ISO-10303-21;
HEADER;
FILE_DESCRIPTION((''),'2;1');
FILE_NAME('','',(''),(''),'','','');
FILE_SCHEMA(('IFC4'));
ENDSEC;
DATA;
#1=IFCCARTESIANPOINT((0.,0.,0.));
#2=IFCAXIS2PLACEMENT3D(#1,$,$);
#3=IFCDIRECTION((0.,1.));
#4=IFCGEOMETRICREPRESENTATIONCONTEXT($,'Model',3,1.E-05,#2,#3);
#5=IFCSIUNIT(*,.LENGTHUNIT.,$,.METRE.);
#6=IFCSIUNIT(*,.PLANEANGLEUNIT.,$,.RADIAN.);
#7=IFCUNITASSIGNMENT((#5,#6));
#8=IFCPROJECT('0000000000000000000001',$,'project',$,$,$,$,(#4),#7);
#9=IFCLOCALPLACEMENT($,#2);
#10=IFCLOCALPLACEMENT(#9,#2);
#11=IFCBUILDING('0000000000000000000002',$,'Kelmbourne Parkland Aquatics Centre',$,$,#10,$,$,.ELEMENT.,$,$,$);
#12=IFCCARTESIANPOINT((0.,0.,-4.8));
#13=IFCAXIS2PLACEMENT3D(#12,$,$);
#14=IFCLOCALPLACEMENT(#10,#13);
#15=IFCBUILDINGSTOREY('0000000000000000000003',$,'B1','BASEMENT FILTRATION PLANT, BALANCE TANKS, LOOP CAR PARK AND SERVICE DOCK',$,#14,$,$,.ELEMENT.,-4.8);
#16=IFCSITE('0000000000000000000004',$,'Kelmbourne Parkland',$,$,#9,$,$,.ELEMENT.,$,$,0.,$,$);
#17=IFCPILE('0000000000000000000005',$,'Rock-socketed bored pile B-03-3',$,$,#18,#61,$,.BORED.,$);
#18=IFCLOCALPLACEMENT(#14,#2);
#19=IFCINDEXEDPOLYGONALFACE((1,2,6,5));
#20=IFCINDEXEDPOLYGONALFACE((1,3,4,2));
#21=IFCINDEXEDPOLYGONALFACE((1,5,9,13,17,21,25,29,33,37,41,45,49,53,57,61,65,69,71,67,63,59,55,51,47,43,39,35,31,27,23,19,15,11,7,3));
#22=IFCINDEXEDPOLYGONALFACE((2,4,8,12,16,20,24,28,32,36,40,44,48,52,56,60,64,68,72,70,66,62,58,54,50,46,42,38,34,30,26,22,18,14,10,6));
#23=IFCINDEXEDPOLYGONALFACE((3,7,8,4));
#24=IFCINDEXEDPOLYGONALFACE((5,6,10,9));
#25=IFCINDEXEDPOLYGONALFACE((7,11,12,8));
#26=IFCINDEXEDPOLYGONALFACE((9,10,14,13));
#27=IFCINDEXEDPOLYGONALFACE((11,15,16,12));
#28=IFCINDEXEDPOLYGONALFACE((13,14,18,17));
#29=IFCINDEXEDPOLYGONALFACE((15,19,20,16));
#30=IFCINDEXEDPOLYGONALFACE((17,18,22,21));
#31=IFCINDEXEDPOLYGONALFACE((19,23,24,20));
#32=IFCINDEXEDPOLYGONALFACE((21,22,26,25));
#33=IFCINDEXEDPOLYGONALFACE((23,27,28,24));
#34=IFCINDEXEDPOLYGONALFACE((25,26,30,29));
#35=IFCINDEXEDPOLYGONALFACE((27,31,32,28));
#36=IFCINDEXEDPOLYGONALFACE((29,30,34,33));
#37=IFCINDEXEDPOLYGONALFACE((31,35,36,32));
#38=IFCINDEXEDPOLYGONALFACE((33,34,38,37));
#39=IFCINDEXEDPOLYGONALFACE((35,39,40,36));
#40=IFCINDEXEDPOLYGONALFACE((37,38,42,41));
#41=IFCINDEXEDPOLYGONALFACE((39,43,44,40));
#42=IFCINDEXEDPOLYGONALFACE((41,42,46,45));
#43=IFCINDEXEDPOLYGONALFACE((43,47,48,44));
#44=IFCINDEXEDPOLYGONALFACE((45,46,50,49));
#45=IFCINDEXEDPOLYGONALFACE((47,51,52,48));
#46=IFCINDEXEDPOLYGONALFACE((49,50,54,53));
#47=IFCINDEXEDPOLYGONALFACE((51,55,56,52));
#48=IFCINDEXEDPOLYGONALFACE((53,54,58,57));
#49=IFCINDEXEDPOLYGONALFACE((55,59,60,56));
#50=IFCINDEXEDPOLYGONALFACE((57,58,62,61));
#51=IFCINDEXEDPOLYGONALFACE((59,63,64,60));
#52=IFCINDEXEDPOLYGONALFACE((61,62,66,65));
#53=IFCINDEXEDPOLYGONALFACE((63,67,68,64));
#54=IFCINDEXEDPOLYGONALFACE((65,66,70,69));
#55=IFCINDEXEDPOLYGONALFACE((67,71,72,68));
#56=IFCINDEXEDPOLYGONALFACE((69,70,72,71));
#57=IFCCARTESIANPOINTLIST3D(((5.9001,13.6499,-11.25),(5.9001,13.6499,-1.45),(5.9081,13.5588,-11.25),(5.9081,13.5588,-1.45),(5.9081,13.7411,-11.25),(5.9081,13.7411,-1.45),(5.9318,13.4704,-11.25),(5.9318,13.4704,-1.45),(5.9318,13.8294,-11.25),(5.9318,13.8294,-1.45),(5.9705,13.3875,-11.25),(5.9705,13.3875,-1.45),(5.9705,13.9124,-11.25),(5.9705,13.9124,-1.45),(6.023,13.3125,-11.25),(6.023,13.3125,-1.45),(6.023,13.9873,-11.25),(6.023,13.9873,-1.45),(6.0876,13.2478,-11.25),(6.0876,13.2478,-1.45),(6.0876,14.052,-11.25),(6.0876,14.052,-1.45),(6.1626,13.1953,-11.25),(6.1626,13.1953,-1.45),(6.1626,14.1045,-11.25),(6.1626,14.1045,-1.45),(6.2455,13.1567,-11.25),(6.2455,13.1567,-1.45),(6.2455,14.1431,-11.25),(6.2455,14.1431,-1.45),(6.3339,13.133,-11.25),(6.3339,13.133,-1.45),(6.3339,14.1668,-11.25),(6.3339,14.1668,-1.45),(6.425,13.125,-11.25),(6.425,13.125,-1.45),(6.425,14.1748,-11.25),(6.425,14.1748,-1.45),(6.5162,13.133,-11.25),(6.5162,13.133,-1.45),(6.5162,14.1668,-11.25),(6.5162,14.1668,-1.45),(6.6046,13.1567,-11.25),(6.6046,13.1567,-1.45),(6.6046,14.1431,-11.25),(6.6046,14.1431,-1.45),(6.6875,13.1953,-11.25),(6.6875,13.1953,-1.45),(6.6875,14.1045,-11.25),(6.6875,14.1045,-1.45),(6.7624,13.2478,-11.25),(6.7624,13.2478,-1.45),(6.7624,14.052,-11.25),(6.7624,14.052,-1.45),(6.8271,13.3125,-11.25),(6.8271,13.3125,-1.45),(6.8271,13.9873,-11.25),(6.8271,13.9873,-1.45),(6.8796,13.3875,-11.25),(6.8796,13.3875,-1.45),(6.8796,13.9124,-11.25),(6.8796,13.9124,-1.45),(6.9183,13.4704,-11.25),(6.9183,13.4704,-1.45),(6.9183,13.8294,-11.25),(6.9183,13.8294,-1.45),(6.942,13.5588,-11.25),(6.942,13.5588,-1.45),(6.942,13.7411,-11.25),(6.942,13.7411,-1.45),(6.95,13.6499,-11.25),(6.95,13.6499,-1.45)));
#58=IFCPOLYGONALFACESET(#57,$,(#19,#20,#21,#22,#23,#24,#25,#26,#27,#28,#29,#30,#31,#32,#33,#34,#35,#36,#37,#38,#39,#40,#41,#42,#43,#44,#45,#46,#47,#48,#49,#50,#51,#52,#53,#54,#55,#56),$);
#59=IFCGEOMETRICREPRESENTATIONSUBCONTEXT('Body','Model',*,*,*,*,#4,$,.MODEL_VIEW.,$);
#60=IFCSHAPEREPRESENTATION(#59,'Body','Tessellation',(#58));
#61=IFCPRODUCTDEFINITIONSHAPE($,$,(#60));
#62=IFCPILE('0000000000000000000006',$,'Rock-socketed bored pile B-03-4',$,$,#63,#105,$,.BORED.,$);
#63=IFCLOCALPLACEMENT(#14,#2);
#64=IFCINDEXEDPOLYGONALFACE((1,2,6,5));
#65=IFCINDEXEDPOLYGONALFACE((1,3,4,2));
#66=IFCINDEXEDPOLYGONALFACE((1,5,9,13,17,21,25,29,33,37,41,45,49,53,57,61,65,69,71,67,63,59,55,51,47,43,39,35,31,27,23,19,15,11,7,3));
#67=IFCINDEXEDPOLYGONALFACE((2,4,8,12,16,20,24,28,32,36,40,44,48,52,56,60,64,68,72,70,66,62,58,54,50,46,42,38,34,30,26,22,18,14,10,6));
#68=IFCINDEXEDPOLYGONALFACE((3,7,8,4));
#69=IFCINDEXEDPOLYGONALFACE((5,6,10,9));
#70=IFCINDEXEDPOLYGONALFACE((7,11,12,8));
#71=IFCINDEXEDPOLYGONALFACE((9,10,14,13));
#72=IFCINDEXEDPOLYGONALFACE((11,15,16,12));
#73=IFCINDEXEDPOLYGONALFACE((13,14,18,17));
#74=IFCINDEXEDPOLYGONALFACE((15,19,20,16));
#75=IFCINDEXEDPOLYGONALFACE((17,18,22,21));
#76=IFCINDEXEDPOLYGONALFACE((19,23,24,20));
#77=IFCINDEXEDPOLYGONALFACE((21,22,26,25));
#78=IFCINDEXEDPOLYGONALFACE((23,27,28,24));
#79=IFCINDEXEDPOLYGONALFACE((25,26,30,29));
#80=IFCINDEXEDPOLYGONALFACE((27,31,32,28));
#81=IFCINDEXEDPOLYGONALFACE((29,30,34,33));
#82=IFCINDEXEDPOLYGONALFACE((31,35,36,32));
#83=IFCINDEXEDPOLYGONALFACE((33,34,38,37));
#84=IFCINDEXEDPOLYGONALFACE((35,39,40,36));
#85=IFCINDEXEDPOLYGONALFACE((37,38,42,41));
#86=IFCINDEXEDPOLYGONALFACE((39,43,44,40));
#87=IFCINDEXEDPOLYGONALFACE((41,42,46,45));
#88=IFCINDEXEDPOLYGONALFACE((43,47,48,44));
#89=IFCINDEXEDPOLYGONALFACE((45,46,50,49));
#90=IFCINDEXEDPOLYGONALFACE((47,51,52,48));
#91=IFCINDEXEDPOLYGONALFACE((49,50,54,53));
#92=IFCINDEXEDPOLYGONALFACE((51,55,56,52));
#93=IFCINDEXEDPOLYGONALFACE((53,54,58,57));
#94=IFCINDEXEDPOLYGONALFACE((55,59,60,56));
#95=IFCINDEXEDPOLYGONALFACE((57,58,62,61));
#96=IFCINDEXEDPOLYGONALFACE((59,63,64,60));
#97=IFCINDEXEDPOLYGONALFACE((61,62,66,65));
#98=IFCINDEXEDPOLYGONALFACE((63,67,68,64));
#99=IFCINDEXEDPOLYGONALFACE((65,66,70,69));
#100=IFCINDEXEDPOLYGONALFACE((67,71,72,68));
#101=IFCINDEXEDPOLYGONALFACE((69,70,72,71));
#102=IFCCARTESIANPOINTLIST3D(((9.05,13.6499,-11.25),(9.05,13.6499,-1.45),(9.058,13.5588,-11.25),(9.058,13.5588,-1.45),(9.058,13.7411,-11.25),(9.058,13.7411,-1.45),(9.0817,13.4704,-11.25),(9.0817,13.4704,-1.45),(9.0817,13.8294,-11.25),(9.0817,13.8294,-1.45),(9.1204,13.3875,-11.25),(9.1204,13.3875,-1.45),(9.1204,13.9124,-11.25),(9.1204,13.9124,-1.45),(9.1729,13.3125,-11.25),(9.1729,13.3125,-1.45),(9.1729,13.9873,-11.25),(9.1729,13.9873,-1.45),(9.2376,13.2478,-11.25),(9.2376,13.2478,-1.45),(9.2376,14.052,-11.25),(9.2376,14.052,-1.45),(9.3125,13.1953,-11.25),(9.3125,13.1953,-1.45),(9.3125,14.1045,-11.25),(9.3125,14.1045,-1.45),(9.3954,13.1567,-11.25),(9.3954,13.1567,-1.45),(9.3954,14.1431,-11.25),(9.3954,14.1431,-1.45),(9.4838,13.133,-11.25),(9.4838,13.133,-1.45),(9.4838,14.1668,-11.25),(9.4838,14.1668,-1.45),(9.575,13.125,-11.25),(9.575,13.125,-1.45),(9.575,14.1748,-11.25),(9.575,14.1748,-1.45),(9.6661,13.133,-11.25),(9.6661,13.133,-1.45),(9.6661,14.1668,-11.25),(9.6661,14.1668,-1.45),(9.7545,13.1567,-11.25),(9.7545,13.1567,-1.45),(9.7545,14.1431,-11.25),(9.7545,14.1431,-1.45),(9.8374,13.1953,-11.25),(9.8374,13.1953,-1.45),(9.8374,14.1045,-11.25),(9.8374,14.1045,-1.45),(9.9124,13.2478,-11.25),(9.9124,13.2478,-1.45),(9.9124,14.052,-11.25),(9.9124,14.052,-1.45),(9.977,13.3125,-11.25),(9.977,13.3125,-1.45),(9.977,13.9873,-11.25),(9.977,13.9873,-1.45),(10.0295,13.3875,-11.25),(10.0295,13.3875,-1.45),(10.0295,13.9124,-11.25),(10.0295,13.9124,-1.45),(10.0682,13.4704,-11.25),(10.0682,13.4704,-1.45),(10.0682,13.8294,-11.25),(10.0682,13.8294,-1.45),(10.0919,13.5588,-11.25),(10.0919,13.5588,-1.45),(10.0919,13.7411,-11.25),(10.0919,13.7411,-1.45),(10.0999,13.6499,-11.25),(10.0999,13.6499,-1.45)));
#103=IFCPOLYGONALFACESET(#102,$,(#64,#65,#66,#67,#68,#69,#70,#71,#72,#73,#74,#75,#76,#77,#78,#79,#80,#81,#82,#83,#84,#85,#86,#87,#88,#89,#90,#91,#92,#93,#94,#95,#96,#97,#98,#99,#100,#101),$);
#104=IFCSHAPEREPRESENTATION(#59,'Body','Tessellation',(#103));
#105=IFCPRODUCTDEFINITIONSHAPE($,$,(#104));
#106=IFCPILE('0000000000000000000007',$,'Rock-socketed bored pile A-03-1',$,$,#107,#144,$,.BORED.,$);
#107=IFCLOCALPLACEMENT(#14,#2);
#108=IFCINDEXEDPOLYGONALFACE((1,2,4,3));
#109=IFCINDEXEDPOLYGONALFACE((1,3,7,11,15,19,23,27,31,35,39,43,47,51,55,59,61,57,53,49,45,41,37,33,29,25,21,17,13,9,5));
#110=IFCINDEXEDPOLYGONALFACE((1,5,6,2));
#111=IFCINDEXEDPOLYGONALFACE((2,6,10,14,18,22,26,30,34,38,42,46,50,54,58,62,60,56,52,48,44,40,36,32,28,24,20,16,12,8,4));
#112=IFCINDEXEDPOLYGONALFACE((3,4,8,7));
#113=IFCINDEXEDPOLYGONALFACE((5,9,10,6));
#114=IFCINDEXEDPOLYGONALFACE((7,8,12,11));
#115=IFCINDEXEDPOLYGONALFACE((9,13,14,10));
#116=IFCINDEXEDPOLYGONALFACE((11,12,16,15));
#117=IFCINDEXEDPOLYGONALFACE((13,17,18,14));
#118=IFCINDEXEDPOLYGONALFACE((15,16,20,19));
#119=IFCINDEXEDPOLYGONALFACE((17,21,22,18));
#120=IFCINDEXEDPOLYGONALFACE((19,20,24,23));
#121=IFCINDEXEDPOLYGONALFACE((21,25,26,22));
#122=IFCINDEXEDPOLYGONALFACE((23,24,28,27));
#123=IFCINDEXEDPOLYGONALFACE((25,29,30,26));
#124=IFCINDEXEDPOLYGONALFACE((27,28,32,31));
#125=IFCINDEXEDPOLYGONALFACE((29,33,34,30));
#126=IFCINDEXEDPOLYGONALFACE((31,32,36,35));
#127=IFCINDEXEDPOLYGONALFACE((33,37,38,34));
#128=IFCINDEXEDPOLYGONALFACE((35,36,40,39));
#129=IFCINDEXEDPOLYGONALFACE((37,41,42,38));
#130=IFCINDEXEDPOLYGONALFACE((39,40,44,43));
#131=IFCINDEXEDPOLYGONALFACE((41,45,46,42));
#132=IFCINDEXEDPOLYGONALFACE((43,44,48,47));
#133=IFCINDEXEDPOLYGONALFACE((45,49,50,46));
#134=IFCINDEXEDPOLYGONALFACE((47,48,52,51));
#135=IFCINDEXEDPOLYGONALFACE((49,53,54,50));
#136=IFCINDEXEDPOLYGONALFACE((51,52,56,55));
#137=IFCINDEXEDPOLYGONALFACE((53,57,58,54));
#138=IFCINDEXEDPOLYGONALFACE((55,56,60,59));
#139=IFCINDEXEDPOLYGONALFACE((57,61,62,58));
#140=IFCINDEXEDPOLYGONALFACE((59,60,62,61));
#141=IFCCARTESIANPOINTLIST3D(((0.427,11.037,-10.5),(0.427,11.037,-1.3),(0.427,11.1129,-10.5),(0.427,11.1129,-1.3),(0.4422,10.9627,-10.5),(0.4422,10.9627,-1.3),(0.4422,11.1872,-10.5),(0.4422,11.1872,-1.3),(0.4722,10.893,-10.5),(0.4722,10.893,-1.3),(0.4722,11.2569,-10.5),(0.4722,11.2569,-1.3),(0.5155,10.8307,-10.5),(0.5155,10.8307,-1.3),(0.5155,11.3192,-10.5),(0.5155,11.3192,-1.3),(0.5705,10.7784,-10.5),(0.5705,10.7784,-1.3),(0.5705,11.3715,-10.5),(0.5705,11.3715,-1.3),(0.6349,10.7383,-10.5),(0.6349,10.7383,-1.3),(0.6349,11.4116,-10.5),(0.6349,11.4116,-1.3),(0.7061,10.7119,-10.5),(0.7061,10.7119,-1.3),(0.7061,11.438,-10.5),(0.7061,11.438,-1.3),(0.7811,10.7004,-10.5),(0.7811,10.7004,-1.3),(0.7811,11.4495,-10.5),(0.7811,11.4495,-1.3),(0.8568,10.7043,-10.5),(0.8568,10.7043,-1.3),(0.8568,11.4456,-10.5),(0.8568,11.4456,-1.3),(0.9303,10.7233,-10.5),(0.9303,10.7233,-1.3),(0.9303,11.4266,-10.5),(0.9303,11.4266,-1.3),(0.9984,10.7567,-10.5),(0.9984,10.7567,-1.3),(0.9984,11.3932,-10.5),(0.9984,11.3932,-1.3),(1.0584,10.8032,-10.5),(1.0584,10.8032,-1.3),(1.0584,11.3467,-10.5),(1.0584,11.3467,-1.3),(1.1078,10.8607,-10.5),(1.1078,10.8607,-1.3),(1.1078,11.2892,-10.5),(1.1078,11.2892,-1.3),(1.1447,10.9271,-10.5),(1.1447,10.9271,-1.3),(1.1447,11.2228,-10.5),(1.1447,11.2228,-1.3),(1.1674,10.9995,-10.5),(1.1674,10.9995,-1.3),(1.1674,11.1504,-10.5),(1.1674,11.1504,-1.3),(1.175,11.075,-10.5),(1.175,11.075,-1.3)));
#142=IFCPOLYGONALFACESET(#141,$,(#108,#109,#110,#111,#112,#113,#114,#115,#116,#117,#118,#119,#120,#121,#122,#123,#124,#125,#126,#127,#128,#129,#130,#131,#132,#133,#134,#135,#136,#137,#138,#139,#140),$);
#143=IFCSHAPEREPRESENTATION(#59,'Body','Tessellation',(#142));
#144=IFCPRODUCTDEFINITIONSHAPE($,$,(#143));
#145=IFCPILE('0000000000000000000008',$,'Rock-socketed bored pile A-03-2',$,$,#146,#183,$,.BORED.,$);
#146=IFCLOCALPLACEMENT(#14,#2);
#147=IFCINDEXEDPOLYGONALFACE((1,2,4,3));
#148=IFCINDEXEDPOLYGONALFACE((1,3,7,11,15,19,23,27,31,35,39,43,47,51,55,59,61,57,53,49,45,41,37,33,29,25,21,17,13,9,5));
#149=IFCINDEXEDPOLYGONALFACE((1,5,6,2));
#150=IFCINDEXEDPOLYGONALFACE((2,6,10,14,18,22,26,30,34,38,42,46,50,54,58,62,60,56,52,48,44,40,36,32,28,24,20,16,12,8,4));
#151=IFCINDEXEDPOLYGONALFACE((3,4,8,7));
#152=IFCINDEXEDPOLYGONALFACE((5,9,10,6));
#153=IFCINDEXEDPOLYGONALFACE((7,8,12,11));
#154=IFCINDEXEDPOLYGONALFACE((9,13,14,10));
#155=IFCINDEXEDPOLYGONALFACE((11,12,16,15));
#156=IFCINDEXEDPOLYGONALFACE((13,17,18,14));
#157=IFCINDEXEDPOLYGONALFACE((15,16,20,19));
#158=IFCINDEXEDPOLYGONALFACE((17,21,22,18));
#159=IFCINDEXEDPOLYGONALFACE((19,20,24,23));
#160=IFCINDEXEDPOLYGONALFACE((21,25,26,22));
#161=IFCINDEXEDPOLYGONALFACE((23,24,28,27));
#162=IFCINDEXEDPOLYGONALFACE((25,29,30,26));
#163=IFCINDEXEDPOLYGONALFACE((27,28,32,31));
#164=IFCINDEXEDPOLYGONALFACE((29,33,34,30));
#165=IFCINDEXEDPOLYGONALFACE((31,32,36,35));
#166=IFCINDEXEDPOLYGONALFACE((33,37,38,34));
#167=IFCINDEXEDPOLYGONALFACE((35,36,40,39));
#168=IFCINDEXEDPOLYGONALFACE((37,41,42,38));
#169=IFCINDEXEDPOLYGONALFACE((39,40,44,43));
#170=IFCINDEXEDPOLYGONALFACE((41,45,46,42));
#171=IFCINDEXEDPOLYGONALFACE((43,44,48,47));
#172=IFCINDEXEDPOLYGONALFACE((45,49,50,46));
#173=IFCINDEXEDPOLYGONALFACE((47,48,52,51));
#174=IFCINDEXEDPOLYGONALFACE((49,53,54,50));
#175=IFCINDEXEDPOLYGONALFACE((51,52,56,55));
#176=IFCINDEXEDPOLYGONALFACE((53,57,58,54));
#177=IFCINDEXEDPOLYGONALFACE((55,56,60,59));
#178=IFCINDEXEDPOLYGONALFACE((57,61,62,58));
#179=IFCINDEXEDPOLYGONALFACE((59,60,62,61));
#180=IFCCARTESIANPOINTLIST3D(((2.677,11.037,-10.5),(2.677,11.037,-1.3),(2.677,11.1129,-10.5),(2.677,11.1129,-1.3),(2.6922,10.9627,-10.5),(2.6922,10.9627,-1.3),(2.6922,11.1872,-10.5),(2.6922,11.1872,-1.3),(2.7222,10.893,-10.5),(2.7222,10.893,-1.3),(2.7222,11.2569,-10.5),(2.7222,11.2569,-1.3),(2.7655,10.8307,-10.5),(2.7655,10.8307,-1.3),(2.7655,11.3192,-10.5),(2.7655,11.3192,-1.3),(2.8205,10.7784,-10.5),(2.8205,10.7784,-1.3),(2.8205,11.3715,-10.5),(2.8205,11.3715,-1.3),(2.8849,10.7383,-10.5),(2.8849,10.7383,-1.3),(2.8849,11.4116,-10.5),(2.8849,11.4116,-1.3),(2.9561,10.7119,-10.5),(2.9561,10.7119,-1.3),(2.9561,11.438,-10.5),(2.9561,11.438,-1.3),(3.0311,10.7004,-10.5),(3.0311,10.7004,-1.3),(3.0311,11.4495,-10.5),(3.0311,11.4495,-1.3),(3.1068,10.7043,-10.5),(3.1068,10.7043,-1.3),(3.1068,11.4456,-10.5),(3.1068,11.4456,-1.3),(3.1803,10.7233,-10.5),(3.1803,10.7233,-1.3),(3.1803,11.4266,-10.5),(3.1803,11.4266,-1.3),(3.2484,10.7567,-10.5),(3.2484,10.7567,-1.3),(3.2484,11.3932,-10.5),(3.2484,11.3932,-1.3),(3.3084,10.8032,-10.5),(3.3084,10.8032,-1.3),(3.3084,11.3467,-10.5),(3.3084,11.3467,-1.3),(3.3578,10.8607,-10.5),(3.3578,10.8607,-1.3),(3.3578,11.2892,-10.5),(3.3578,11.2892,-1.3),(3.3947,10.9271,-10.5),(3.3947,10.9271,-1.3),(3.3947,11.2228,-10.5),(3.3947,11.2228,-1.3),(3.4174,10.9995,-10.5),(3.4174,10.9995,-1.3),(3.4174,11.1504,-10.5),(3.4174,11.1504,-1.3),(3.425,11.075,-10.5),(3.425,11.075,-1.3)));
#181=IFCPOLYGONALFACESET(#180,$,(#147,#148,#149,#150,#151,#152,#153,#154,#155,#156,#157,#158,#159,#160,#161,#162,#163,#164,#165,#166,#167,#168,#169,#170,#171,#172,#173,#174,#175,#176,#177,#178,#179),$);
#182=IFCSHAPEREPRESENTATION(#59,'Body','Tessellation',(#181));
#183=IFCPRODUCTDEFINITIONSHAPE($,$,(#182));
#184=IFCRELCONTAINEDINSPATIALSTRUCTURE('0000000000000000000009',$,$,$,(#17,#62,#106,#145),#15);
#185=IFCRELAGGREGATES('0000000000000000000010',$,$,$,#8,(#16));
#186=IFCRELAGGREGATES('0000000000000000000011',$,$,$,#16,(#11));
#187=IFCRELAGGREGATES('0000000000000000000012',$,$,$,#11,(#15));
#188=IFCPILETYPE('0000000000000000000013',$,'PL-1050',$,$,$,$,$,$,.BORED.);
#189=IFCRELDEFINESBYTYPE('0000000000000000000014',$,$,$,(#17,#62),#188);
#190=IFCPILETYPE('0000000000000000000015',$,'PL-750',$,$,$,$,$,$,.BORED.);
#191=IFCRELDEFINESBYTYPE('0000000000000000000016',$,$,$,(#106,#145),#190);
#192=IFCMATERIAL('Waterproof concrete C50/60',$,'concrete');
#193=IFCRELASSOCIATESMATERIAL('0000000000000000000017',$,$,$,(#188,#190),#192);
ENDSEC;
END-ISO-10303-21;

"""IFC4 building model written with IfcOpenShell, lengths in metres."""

from ifc_helpers import new_model, si_unit, direction, frame, origin, origin_2d, place, context, subcontext, project, spatial, circle, extrude, material, material_profile, profile_set, type_object, element, save


model = new_model("IFC4")

# Units and contexts
model_context = context("Model", 3, precision=1e-05, world=origin(), true_north=direction((0.0, 1.0)))
body_context = subcontext(model_context, "Body", "Model", "MODEL_VIEW")
ifc_project = project(units=[si_unit("LENGTHUNIT", "METRE"), si_unit("PLANEANGLEUNIT", "RADIAN")], contexts=[model_context])

# Site, building, storey
site_placement = place(None, origin())
site = spatial("IfcSite", under=ifc_project, at=site_placement, Name="Kelmbourne Parkland", CompositionType="ELEMENT", RefElevation=0.0)
building_placement = place(site_placement, origin())
building = spatial("IfcBuilding", under=site, at=building_placement, Name="Kelmbourne Parkland Aquatics Centre", CompositionType="ELEMENT")
storey_placement = place(building_placement, frame((0.0, 0.0, -4.8)))
storey = spatial("IfcBuildingStorey", under=building, at=storey_placement, Name="B1", Description="BASEMENT FILTRATION PLANT, BALANCE TANKS, LOOP CAR PARK AND SERVICE DOCK", CompositionType="ELEMENT", Elevation=-4.8)

# Shared definitions
ifc_material_1 = material(Name="Waterproof concrete C50/60", Category="concrete")

# Piles
ifc_material_profile_1 = material_profile(ifc_material_1, circle(Radius=0.5249, at=origin_2d()), Name="PILE D1050")
ifc_profile_set_1 = profile_set([ifc_material_profile_1], Name="Waterproof concrete C50/60")
pile_type_1 = type_object("IfcPileType", Name="PL-1050", PredefinedType="BORED", material=ifc_profile_set_1)
for number, where, z_axis, x_axis, name in (
    (1, (6.425, 13.6499, -1.45), (0.0, 0.0, -1.0), (1.0, 0.0, 0.0), "Rock-socketed bored pile B-03-3"),
    (2, (9.575, 13.6499, -1.45), (0.0, 0.0, -1.0), (1.0, 0.0, 0.0), "Rock-socketed bored pile B-03-4"),
):
    element("IfcPile", number, at=place(storey_placement, frame(where, z_axis=z_axis, x_axis=x_axis)), inside=storey, type_object=pile_type_1, Name=name, PredefinedType="BORED", context=body_context, shape_type="SweptSolid", body=[
        extrude(circle(Radius=0.5249, at=origin_2d()), origin(), (0.0, 0.0, 1.0), 9.8),
    ])
ifc_material_profile_2 = material_profile(ifc_material_1, circle(Radius=0.375, at=origin_2d()), Name="PILE D750")
ifc_profile_set_2 = profile_set([ifc_material_profile_2], Name="Waterproof concrete C50/60")
pile_type_2 = type_object("IfcPileType", Name="PL-750", PredefinedType="BORED", material=ifc_profile_set_2)
for number, where, z_axis, x_axis, name in (
    (3, (0.8, 11.075, -1.3), (0.0, 0.0, -1.0), (1.0, 0.0, 0.0), "Rock-socketed bored pile A-03-1"),
    (4, (3.05, 11.075, -1.3), (0.0, 0.0, -1.0), (1.0, 0.0, 0.0), "Rock-socketed bored pile A-03-2"),
):
    element("IfcPile", number, at=place(storey_placement, frame(where, z_axis=z_axis, x_axis=x_axis)), inside=storey, type_object=pile_type_2, Name=name, PredefinedType="BORED", context=body_context, shape_type="SweptSolid", body=[
        extrude(circle(Radius=0.375, at=origin_2d()), origin(), (0.0, 0.0, 1.0), 9.2),
    ])

save(model, "model.ifc")
